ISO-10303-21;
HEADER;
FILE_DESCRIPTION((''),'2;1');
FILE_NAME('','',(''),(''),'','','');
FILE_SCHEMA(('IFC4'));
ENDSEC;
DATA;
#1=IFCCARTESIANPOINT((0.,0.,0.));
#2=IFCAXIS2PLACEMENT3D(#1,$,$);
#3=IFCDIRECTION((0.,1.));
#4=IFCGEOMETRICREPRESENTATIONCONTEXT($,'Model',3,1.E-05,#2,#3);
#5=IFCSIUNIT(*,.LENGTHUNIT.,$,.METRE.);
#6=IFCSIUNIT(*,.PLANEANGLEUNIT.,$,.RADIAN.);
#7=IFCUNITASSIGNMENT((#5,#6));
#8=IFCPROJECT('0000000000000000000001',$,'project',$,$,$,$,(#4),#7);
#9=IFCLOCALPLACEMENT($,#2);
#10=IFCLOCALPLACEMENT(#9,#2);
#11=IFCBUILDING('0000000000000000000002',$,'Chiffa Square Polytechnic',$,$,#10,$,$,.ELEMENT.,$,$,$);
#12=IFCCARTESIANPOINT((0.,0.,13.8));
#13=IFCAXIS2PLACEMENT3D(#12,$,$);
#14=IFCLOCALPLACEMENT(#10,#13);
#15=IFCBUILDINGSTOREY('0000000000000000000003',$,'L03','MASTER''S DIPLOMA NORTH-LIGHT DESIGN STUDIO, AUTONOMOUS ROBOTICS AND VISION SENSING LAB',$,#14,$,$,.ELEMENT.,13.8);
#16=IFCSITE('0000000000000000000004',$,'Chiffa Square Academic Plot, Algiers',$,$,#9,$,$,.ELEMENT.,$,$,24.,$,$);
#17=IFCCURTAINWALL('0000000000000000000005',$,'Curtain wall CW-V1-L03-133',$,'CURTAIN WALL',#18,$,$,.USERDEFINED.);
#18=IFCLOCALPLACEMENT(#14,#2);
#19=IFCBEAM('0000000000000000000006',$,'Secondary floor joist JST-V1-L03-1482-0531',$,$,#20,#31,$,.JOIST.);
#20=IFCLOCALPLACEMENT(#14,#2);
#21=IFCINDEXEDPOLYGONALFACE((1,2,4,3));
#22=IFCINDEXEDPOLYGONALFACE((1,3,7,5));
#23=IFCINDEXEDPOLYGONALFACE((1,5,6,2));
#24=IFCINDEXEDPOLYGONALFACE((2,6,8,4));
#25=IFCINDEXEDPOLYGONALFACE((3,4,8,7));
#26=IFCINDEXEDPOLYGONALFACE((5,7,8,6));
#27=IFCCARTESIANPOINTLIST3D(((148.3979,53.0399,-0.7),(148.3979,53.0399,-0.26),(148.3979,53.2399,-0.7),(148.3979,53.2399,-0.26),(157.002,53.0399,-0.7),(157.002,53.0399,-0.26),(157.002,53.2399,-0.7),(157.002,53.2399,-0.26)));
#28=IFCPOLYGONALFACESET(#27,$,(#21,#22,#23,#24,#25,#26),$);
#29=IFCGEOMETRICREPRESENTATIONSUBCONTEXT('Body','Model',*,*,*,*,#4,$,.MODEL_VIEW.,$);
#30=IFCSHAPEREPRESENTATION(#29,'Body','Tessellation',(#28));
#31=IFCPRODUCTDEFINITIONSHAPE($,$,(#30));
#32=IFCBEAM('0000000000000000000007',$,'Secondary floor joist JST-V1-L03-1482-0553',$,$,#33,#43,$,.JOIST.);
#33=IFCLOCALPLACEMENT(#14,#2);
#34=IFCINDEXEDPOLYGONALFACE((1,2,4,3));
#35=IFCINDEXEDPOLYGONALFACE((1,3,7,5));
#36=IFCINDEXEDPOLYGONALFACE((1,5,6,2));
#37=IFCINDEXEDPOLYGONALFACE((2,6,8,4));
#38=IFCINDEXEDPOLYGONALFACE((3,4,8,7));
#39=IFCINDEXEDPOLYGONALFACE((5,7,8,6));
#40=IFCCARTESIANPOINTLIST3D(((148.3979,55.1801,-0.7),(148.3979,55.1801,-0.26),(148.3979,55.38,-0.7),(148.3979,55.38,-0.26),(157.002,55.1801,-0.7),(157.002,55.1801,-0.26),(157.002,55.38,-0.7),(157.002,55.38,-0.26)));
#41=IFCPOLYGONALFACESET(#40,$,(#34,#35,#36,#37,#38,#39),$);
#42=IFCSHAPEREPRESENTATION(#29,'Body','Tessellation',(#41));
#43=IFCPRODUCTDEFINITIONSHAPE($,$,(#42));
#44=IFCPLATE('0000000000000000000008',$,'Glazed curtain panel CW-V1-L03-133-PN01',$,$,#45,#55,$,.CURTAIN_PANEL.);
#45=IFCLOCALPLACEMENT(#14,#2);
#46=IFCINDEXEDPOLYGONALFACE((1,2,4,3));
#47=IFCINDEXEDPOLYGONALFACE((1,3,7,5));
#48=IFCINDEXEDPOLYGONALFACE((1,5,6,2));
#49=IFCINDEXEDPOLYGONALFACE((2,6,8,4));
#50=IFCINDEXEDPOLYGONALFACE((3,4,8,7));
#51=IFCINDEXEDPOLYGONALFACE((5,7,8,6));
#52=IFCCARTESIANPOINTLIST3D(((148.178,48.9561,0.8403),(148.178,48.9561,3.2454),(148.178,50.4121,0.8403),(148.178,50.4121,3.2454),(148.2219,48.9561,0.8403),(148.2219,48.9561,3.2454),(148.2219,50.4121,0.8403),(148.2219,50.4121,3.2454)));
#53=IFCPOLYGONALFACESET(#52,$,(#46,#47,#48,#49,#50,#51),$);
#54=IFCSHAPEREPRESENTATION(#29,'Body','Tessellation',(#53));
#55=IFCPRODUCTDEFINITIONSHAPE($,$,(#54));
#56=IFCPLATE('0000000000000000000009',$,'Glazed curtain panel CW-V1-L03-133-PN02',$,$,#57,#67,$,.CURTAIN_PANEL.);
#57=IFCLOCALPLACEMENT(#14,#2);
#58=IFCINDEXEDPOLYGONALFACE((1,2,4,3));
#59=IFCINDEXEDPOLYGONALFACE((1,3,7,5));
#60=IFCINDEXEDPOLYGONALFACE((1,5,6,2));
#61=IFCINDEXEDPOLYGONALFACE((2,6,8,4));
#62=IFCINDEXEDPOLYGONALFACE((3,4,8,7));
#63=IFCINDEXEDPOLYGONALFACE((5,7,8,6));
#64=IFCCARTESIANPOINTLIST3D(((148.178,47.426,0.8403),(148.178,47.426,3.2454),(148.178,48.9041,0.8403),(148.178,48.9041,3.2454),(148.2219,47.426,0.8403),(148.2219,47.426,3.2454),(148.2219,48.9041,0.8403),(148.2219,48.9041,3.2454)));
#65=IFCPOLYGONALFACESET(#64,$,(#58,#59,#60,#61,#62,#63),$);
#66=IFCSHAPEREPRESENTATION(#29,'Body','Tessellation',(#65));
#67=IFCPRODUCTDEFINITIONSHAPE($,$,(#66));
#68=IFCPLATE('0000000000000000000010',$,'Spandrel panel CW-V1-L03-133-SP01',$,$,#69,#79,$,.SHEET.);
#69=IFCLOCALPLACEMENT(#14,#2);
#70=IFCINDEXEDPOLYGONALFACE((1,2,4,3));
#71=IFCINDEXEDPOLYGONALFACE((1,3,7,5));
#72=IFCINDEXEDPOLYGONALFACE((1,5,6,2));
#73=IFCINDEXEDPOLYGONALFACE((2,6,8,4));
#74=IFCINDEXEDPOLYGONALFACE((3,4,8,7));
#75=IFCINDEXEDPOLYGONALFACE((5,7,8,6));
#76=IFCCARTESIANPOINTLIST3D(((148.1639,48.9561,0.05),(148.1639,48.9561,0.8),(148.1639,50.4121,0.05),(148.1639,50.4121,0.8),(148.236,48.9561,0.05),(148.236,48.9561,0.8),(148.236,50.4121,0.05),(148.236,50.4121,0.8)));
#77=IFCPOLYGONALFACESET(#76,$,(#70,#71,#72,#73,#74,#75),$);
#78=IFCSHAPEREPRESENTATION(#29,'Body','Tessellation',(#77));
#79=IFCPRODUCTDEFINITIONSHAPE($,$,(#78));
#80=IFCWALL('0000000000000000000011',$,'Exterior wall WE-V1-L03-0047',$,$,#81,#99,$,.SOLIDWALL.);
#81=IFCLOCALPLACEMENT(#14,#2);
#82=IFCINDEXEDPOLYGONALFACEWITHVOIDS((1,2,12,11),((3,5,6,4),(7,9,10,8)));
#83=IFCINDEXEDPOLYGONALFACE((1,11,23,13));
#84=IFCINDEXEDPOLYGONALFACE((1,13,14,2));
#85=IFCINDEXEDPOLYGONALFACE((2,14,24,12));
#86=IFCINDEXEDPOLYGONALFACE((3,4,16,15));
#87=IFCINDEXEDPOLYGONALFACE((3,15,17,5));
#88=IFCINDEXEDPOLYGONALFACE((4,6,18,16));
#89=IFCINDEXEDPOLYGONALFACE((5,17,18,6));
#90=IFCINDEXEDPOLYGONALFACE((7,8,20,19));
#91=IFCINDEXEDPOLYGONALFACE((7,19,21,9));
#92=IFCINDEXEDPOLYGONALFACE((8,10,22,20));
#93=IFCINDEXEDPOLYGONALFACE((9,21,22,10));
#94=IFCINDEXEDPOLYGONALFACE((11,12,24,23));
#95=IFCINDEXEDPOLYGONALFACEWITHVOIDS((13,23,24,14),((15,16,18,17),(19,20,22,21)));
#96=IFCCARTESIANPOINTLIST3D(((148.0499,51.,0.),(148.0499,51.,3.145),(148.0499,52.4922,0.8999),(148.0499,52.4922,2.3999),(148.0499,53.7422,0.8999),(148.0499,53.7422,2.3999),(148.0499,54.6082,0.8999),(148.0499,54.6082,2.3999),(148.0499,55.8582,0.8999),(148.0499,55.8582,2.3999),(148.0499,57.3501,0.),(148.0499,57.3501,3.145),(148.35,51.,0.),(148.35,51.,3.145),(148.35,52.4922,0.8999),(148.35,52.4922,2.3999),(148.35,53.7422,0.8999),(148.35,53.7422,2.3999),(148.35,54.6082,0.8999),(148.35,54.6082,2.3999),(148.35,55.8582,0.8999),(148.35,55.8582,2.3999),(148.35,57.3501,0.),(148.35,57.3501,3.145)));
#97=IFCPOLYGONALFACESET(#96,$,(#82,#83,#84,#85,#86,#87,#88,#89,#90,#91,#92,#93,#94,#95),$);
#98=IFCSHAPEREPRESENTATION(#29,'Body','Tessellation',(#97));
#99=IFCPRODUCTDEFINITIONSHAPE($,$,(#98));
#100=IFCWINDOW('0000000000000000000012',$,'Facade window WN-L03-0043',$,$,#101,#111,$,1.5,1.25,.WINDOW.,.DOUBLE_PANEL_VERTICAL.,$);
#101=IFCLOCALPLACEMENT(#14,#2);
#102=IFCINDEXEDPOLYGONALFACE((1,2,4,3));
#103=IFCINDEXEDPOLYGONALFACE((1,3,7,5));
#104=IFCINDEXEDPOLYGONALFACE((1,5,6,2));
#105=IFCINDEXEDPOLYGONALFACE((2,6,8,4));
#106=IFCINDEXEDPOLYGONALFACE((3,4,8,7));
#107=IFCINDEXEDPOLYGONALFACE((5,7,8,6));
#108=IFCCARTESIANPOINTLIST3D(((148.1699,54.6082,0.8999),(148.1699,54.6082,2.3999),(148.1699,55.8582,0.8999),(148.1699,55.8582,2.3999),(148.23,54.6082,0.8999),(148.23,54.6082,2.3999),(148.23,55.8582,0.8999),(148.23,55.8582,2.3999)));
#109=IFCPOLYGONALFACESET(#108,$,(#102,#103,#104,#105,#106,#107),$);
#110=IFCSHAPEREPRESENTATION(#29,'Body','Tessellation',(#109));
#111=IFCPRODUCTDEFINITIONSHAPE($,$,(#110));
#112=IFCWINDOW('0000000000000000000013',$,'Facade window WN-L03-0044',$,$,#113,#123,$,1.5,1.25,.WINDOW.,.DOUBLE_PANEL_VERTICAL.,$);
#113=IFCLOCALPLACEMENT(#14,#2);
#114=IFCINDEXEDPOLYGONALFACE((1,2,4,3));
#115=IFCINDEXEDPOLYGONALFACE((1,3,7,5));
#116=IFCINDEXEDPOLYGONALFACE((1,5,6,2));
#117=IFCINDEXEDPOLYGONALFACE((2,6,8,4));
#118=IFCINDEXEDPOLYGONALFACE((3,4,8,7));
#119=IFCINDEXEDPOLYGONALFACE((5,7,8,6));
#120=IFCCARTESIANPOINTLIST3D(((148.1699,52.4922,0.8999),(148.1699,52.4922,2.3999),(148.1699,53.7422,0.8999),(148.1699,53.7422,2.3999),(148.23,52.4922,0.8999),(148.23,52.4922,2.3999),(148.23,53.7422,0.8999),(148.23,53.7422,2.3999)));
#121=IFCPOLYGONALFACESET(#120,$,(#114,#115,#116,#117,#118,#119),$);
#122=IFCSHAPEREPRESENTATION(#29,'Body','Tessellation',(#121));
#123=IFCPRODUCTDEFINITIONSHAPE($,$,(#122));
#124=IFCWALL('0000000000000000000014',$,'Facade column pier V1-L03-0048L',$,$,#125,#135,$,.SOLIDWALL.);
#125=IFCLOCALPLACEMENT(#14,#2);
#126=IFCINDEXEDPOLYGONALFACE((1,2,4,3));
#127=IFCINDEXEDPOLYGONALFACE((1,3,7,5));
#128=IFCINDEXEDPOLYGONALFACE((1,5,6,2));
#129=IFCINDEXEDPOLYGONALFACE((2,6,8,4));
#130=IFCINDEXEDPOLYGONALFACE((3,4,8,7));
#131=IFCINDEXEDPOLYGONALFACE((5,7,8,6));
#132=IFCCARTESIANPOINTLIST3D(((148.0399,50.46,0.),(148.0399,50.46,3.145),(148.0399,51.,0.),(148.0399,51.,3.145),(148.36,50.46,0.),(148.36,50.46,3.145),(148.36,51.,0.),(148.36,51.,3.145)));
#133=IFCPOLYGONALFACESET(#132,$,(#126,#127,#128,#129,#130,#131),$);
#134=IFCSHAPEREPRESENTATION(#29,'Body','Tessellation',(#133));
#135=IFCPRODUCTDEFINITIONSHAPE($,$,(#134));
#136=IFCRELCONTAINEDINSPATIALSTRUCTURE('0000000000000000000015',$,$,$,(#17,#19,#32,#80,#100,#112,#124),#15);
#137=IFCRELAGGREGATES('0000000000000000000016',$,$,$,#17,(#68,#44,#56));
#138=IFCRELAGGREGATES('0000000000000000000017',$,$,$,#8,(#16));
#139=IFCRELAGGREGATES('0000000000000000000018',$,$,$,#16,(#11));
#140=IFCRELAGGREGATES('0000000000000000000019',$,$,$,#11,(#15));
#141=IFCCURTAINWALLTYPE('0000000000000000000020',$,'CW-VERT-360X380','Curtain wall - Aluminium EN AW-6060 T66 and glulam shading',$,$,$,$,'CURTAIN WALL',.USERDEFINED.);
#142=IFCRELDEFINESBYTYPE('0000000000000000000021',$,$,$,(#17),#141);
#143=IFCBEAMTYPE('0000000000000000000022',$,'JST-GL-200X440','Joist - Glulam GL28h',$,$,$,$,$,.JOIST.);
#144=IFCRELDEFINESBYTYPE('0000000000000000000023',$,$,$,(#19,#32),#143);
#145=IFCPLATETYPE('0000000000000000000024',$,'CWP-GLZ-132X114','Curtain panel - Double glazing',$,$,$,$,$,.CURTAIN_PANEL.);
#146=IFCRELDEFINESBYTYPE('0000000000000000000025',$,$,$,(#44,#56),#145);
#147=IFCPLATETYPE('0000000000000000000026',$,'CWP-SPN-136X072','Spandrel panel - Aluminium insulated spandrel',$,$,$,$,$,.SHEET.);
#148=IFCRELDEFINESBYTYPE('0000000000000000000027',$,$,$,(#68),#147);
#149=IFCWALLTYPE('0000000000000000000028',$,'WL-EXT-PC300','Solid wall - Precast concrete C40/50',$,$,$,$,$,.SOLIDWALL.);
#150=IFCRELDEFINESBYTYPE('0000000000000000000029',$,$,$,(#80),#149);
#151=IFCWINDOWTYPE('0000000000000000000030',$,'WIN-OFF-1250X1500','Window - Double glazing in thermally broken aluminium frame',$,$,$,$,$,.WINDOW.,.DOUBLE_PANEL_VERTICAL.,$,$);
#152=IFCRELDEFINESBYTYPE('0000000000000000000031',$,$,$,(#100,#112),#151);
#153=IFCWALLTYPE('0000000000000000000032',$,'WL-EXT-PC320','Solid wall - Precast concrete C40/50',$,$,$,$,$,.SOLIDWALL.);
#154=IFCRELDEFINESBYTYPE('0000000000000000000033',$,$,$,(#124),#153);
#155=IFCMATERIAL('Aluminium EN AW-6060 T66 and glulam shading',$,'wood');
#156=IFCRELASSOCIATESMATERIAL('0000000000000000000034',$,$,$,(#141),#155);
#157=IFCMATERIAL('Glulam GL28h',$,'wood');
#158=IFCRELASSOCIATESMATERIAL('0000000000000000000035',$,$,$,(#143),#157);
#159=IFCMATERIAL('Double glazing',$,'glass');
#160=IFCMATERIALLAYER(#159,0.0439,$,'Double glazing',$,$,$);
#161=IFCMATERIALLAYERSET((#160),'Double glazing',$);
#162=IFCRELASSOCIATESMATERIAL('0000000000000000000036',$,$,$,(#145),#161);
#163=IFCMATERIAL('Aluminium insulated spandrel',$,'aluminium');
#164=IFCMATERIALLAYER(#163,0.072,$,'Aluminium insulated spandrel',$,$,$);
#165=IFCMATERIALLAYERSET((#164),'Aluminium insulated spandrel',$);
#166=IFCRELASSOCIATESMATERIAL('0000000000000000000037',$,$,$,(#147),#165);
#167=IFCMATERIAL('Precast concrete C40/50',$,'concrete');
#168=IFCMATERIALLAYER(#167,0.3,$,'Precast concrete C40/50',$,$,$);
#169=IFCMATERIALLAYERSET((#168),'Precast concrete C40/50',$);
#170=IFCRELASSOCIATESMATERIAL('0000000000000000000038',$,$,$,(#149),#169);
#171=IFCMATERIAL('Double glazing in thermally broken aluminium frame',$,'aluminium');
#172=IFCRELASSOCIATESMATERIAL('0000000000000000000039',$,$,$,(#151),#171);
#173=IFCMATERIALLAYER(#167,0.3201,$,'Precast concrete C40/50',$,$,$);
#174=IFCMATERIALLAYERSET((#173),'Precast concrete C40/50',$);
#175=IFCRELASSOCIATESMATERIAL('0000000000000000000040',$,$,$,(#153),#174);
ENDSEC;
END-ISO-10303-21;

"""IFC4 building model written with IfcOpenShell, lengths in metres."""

from ifc_helpers import new_model, si_unit, direction, frame, frame_2d, origin, origin_2d, place, context, subcontext, project, spatial, rectangle, extrude, material, layer, layer_set, material_profile, profile_set, type_object, element, fill, aggregate, save


model = new_model("IFC4")

# Units and contexts
model_context = context("Model", 3, precision=1e-05, world=origin(), true_north=direction((0.0, 1.0)))
body_context = subcontext(model_context, "Body", "Model", "MODEL_VIEW")
ifc_project = project(units=[si_unit("LENGTHUNIT", "METRE"), si_unit("PLANEANGLEUNIT", "RADIAN")], contexts=[model_context])

# Site, building, storey
site_placement = place(None, origin())
site = spatial("IfcSite", under=ifc_project, at=site_placement, Name="Chiffa Square Academic Plot, Algiers", CompositionType="ELEMENT", RefElevation=24.0)
building_placement = place(site_placement, origin())
building = spatial("IfcBuilding", under=site, at=building_placement, Name="Chiffa Square Polytechnic", CompositionType="ELEMENT")
storey_placement = place(building_placement, frame((0.0, 0.0, 13.8)))
storey = spatial("IfcBuildingStorey", under=building, at=storey_placement, Name="L03", Description="MASTER'S DIPLOMA NORTH-LIGHT DESIGN STUDIO, AUTONOMOUS ROBOTICS AND VISION SENSING LAB", CompositionType="ELEMENT", Elevation=13.8)

# Curtain wall
ifc_material_1 = material(Name="Aluminium EN AW-6060 T66 and glulam shading", Category="wood")
curtain_wall_type = type_object("IfcCurtainWallType", Name="CW-VERT-360X380", Description="Curtain wall - Aluminium EN AW-6060 T66 and glulam shading", ElementType="CURTAIN WALL", PredefinedType="USERDEFINED", material=ifc_material_1)
curtain_wall_placement = place(storey_placement, origin())
curtain_wall = element("IfcCurtainWall", 1, at=curtain_wall_placement, inside=storey, type_object=curtain_wall_type, Name="Curtain wall CW-V1-L03-133", ObjectType="CURTAIN WALL", PredefinedType="USERDEFINED")
ifc_material_2 = material(Name="Glulam GL28h", Category="wood")

# Beams
ifc_material_profile_1 = material_profile(ifc_material_2, rectangle(XDim=0.2, YDim=0.4399, at=origin_2d()), Name="GL28h 200x440")
ifc_profile_set_1 = profile_set([ifc_material_profile_1], Name="Glulam GL28h")
beam_type_1 = type_object("IfcBeamType", Name="JST-GL-200X440", Description="Joist - Glulam GL28h", PredefinedType="JOIST", material=ifc_profile_set_1)
for number, where, z_axis, x_axis, name in (
    (2, (148.3979, 53.1399, -0.48), (1.0, 0.0, 0.0), (0.0, 1.0, 0.0), "Secondary floor joist JST-V1-L03-1482-0531"),
    (3, (148.3979, 55.28, -0.48), (1.0, 0.0, 0.0), (0.0, 1.0, 0.0), "Secondary floor joist JST-V1-L03-1482-0553"),
):
    element("IfcBeam", number, at=place(storey_placement, frame(where, z_axis=z_axis, x_axis=x_axis)), inside=storey, type_object=beam_type_1, Name=name, PredefinedType="JOIST", context=body_context, shape_type="SweptSolid", body=[
        extrude(rectangle(XDim=0.2, YDim=0.4399, at=origin_2d()), origin(), (0.0, 0.0, 1.0), 8.604),
    ])

# Plates
ifc_material_3 = material(Name="Double glazing", Category="glass")
ifc_layer_1 = layer(ifc_material_3, 0.0439, Name="Double glazing")
ifc_layer_set_1 = layer_set([ifc_layer_1], Name="Double glazing")
plate_type_1 = type_object("IfcPlateType", Name="CWP-GLZ-132X114", Description="Curtain panel - Double glazing", PredefinedType="CURTAIN_PANEL", material=ifc_layer_set_1)
plate_1_placement = place(storey_placement, frame((148.2, 49.6841, 0.8403), z_axis=(0.0, 0.0, 1.0), x_axis=(0.0, -1.0, 0.0)))
plate_1 = element("IfcPlate", 4, at=plate_1_placement, type_object=plate_type_1, Name="Glazed curtain panel CW-V1-L03-133-PN01", PredefinedType="CURTAIN_PANEL", context=body_context, shape_type="SweptSolid", body=[
    extrude(rectangle(XDim=1.4561, YDim=0.0439, at=origin_2d()), origin(), (0.0, 0.0, 1.0), 2.405),
])
plate_2_placement = place(storey_placement, frame((148.2, 48.165, 0.8403), z_axis=(0.0, 0.0, 1.0), x_axis=(0.0, -1.0, 0.0)))
plate_2 = element("IfcPlate", 5, at=plate_2_placement, type_object=plate_type_1, Name="Glazed curtain panel CW-V1-L03-133-PN02", PredefinedType="CURTAIN_PANEL", context=body_context, shape_type="SweptSolid", body=[
    extrude(rectangle(XDim=1.478, YDim=0.0439, at=origin_2d()), origin(), (0.0, 0.0, 1.0), 2.405),
])
ifc_material_4 = material(Name="Aluminium insulated spandrel", Category="aluminium")
ifc_layer_2 = layer(ifc_material_4, 0.072, Name="Aluminium insulated spandrel")
ifc_layer_set_2 = layer_set([ifc_layer_2], Name="Aluminium insulated spandrel")
plate_type_2 = type_object("IfcPlateType", Name="CWP-SPN-136X072", Description="Spandrel panel - Aluminium insulated spandrel", PredefinedType="SHEET", material=ifc_layer_set_2)
plate_3_placement = place(storey_placement, frame((148.2, 49.6841, 0.05), z_axis=(0.0, 0.0, 1.0), x_axis=(0.0, -1.0, 0.0)))
plate_3 = element("IfcPlate", 6, at=plate_3_placement, type_object=plate_type_2, Name="Spandrel panel CW-V1-L03-133-SP01", PredefinedType="SHEET", context=body_context, shape_type="SweptSolid", body=[
    extrude(rectangle(XDim=1.4561, YDim=0.072, at=origin_2d()), origin(), (0.0, 0.0, 1.0), 0.75),
])
aggregate(curtain_wall, [plate_3, plate_1, plate_2])

# Wall, openings, windows
ifc_material_5 = material(Name="Precast concrete C40/50", Category="concrete")
ifc_layer_3 = layer(ifc_material_5, 0.3, Name="Precast concrete C40/50")
ifc_layer_set_3 = layer_set([ifc_layer_3], Name="Precast concrete C40/50")
wall_type_1 = type_object("IfcWallType", Name="WL-EXT-PC300", Description="Solid wall - Precast concrete C40/50", PredefinedType="SOLIDWALL", material=ifc_layer_set_3)
wall_1_placement = place(storey_placement, frame((148.2, 57.3501, 0.0), z_axis=(0.0, 0.0, 1.0), x_axis=(0.0, -1.0, 0.0)))
wall_1 = element("IfcWall", 7, at=wall_1_placement, inside=storey, type_object=wall_type_1, Name="Exterior wall WE-V1-L03-0047", PredefinedType="SOLIDWALL", context=body_context, shape_type="SweptSolid", body=[
    extrude(rectangle(XDim=6.3501, YDim=0.3, at=frame_2d((3.175, 0.0))), origin(), (0.0, 0.0, 1.0), 3.145),
])
opening_1_placement = place(wall_1_placement, frame((1.4919, 0.0, 0.8999)))
opening_1 = element("IfcOpeningElement", 8, at=opening_1_placement, cuts=wall_1, PredefinedType="OPENING", context=body_context, shape_type="SweptSolid", body=[
    extrude(rectangle(XDim=1.25, YDim=1.5, at=frame_2d((0.625, 0.75))), frame((0.0, 0.1602, 0.0), z_axis=(0.0, -1.0, 0.0), x_axis=(1.0, 0.0, 0.0)), (0.0, 0.0, 1.0), 0.3201),
])
opening_2_placement = place(wall_1_placement, frame((3.6079, 0.0, 0.8999)))
opening_2 = element("IfcOpeningElement", 9, at=opening_2_placement, cuts=wall_1, PredefinedType="OPENING", context=body_context, shape_type="SweptSolid", body=[
    extrude(rectangle(XDim=1.25, YDim=1.5, at=frame_2d((0.625, 0.75))), frame((0.0, 0.1602, 0.0), z_axis=(0.0, -1.0, 0.0), x_axis=(1.0, 0.0, 0.0)), (0.0, 0.0, 1.0), 0.3201),
])
ifc_material_6 = material(Name="Double glazing in thermally broken aluminium frame", Category="aluminium")
window_type = type_object("IfcWindowType", Name="WIN-OFF-1250X1500", Description="Window - Double glazing in thermally broken aluminium frame", PartitioningType="DOUBLE_PANEL_VERTICAL", PredefinedType="WINDOW", material=ifc_material_6)
window_1_placement = place(opening_1_placement, origin())
window_1 = element("IfcWindow", 10, at=window_1_placement, inside=storey, type_object=window_type, Name="Facade window WN-L03-0043", OverallHeight=1.5, OverallWidth=1.25, PartitioningType="DOUBLE_PANEL_VERTICAL", PredefinedType="WINDOW", context=body_context, shape_type="SweptSolid", body=[
    extrude(rectangle(XDim=1.25, YDim=1.5, at=frame_2d((0.625, 0.75))), frame((0.0, 0.03, 0.0), z_axis=(0.0, -1.0, 0.0), x_axis=(1.0, 0.0, 0.0)), (0.0, 0.0, 1.0), 0.0601),
])
fill(opening_1, window_1)
window_2_placement = place(opening_2_placement, origin())
window_2 = element("IfcWindow", 11, at=window_2_placement, inside=storey, type_object=window_type, Name="Facade window WN-L03-0044", OverallHeight=1.5, OverallWidth=1.25, PartitioningType="DOUBLE_PANEL_VERTICAL", PredefinedType="WINDOW", context=body_context, shape_type="SweptSolid", body=[
    extrude(rectangle(XDim=1.25, YDim=1.5, at=frame_2d((0.625, 0.75))), frame((0.0, 0.03, 0.0), z_axis=(0.0, -1.0, 0.0), x_axis=(1.0, 0.0, 0.0)), (0.0, 0.0, 1.0), 0.0601),
])
fill(opening_2, window_2)

# Wall
ifc_layer_4 = layer(ifc_material_5, 0.3201, Name="Precast concrete C40/50")
ifc_layer_set_4 = layer_set([ifc_layer_4], Name="Precast concrete C40/50")
wall_type_2 = type_object("IfcWallType", Name="WL-EXT-PC320", Description="Solid wall - Precast concrete C40/50", PredefinedType="SOLIDWALL", material=ifc_layer_set_4)
wall_2_placement = place(storey_placement, frame((148.2, 51.0, 0.0), z_axis=(0.0, 0.0, 1.0), x_axis=(0.0, -1.0, 0.0)))
element("IfcWall", 12, at=wall_2_placement, inside=storey, type_object=wall_type_2, Name="Facade column pier V1-L03-0048L", PredefinedType="SOLIDWALL", context=body_context, shape_type="SweptSolid", body=[
    extrude(rectangle(XDim=0.54, YDim=0.3201, at=frame_2d((0.27, 0.0))), origin(), (0.0, 0.0, 1.0), 3.145),
])

save(model, "model.ifc")
